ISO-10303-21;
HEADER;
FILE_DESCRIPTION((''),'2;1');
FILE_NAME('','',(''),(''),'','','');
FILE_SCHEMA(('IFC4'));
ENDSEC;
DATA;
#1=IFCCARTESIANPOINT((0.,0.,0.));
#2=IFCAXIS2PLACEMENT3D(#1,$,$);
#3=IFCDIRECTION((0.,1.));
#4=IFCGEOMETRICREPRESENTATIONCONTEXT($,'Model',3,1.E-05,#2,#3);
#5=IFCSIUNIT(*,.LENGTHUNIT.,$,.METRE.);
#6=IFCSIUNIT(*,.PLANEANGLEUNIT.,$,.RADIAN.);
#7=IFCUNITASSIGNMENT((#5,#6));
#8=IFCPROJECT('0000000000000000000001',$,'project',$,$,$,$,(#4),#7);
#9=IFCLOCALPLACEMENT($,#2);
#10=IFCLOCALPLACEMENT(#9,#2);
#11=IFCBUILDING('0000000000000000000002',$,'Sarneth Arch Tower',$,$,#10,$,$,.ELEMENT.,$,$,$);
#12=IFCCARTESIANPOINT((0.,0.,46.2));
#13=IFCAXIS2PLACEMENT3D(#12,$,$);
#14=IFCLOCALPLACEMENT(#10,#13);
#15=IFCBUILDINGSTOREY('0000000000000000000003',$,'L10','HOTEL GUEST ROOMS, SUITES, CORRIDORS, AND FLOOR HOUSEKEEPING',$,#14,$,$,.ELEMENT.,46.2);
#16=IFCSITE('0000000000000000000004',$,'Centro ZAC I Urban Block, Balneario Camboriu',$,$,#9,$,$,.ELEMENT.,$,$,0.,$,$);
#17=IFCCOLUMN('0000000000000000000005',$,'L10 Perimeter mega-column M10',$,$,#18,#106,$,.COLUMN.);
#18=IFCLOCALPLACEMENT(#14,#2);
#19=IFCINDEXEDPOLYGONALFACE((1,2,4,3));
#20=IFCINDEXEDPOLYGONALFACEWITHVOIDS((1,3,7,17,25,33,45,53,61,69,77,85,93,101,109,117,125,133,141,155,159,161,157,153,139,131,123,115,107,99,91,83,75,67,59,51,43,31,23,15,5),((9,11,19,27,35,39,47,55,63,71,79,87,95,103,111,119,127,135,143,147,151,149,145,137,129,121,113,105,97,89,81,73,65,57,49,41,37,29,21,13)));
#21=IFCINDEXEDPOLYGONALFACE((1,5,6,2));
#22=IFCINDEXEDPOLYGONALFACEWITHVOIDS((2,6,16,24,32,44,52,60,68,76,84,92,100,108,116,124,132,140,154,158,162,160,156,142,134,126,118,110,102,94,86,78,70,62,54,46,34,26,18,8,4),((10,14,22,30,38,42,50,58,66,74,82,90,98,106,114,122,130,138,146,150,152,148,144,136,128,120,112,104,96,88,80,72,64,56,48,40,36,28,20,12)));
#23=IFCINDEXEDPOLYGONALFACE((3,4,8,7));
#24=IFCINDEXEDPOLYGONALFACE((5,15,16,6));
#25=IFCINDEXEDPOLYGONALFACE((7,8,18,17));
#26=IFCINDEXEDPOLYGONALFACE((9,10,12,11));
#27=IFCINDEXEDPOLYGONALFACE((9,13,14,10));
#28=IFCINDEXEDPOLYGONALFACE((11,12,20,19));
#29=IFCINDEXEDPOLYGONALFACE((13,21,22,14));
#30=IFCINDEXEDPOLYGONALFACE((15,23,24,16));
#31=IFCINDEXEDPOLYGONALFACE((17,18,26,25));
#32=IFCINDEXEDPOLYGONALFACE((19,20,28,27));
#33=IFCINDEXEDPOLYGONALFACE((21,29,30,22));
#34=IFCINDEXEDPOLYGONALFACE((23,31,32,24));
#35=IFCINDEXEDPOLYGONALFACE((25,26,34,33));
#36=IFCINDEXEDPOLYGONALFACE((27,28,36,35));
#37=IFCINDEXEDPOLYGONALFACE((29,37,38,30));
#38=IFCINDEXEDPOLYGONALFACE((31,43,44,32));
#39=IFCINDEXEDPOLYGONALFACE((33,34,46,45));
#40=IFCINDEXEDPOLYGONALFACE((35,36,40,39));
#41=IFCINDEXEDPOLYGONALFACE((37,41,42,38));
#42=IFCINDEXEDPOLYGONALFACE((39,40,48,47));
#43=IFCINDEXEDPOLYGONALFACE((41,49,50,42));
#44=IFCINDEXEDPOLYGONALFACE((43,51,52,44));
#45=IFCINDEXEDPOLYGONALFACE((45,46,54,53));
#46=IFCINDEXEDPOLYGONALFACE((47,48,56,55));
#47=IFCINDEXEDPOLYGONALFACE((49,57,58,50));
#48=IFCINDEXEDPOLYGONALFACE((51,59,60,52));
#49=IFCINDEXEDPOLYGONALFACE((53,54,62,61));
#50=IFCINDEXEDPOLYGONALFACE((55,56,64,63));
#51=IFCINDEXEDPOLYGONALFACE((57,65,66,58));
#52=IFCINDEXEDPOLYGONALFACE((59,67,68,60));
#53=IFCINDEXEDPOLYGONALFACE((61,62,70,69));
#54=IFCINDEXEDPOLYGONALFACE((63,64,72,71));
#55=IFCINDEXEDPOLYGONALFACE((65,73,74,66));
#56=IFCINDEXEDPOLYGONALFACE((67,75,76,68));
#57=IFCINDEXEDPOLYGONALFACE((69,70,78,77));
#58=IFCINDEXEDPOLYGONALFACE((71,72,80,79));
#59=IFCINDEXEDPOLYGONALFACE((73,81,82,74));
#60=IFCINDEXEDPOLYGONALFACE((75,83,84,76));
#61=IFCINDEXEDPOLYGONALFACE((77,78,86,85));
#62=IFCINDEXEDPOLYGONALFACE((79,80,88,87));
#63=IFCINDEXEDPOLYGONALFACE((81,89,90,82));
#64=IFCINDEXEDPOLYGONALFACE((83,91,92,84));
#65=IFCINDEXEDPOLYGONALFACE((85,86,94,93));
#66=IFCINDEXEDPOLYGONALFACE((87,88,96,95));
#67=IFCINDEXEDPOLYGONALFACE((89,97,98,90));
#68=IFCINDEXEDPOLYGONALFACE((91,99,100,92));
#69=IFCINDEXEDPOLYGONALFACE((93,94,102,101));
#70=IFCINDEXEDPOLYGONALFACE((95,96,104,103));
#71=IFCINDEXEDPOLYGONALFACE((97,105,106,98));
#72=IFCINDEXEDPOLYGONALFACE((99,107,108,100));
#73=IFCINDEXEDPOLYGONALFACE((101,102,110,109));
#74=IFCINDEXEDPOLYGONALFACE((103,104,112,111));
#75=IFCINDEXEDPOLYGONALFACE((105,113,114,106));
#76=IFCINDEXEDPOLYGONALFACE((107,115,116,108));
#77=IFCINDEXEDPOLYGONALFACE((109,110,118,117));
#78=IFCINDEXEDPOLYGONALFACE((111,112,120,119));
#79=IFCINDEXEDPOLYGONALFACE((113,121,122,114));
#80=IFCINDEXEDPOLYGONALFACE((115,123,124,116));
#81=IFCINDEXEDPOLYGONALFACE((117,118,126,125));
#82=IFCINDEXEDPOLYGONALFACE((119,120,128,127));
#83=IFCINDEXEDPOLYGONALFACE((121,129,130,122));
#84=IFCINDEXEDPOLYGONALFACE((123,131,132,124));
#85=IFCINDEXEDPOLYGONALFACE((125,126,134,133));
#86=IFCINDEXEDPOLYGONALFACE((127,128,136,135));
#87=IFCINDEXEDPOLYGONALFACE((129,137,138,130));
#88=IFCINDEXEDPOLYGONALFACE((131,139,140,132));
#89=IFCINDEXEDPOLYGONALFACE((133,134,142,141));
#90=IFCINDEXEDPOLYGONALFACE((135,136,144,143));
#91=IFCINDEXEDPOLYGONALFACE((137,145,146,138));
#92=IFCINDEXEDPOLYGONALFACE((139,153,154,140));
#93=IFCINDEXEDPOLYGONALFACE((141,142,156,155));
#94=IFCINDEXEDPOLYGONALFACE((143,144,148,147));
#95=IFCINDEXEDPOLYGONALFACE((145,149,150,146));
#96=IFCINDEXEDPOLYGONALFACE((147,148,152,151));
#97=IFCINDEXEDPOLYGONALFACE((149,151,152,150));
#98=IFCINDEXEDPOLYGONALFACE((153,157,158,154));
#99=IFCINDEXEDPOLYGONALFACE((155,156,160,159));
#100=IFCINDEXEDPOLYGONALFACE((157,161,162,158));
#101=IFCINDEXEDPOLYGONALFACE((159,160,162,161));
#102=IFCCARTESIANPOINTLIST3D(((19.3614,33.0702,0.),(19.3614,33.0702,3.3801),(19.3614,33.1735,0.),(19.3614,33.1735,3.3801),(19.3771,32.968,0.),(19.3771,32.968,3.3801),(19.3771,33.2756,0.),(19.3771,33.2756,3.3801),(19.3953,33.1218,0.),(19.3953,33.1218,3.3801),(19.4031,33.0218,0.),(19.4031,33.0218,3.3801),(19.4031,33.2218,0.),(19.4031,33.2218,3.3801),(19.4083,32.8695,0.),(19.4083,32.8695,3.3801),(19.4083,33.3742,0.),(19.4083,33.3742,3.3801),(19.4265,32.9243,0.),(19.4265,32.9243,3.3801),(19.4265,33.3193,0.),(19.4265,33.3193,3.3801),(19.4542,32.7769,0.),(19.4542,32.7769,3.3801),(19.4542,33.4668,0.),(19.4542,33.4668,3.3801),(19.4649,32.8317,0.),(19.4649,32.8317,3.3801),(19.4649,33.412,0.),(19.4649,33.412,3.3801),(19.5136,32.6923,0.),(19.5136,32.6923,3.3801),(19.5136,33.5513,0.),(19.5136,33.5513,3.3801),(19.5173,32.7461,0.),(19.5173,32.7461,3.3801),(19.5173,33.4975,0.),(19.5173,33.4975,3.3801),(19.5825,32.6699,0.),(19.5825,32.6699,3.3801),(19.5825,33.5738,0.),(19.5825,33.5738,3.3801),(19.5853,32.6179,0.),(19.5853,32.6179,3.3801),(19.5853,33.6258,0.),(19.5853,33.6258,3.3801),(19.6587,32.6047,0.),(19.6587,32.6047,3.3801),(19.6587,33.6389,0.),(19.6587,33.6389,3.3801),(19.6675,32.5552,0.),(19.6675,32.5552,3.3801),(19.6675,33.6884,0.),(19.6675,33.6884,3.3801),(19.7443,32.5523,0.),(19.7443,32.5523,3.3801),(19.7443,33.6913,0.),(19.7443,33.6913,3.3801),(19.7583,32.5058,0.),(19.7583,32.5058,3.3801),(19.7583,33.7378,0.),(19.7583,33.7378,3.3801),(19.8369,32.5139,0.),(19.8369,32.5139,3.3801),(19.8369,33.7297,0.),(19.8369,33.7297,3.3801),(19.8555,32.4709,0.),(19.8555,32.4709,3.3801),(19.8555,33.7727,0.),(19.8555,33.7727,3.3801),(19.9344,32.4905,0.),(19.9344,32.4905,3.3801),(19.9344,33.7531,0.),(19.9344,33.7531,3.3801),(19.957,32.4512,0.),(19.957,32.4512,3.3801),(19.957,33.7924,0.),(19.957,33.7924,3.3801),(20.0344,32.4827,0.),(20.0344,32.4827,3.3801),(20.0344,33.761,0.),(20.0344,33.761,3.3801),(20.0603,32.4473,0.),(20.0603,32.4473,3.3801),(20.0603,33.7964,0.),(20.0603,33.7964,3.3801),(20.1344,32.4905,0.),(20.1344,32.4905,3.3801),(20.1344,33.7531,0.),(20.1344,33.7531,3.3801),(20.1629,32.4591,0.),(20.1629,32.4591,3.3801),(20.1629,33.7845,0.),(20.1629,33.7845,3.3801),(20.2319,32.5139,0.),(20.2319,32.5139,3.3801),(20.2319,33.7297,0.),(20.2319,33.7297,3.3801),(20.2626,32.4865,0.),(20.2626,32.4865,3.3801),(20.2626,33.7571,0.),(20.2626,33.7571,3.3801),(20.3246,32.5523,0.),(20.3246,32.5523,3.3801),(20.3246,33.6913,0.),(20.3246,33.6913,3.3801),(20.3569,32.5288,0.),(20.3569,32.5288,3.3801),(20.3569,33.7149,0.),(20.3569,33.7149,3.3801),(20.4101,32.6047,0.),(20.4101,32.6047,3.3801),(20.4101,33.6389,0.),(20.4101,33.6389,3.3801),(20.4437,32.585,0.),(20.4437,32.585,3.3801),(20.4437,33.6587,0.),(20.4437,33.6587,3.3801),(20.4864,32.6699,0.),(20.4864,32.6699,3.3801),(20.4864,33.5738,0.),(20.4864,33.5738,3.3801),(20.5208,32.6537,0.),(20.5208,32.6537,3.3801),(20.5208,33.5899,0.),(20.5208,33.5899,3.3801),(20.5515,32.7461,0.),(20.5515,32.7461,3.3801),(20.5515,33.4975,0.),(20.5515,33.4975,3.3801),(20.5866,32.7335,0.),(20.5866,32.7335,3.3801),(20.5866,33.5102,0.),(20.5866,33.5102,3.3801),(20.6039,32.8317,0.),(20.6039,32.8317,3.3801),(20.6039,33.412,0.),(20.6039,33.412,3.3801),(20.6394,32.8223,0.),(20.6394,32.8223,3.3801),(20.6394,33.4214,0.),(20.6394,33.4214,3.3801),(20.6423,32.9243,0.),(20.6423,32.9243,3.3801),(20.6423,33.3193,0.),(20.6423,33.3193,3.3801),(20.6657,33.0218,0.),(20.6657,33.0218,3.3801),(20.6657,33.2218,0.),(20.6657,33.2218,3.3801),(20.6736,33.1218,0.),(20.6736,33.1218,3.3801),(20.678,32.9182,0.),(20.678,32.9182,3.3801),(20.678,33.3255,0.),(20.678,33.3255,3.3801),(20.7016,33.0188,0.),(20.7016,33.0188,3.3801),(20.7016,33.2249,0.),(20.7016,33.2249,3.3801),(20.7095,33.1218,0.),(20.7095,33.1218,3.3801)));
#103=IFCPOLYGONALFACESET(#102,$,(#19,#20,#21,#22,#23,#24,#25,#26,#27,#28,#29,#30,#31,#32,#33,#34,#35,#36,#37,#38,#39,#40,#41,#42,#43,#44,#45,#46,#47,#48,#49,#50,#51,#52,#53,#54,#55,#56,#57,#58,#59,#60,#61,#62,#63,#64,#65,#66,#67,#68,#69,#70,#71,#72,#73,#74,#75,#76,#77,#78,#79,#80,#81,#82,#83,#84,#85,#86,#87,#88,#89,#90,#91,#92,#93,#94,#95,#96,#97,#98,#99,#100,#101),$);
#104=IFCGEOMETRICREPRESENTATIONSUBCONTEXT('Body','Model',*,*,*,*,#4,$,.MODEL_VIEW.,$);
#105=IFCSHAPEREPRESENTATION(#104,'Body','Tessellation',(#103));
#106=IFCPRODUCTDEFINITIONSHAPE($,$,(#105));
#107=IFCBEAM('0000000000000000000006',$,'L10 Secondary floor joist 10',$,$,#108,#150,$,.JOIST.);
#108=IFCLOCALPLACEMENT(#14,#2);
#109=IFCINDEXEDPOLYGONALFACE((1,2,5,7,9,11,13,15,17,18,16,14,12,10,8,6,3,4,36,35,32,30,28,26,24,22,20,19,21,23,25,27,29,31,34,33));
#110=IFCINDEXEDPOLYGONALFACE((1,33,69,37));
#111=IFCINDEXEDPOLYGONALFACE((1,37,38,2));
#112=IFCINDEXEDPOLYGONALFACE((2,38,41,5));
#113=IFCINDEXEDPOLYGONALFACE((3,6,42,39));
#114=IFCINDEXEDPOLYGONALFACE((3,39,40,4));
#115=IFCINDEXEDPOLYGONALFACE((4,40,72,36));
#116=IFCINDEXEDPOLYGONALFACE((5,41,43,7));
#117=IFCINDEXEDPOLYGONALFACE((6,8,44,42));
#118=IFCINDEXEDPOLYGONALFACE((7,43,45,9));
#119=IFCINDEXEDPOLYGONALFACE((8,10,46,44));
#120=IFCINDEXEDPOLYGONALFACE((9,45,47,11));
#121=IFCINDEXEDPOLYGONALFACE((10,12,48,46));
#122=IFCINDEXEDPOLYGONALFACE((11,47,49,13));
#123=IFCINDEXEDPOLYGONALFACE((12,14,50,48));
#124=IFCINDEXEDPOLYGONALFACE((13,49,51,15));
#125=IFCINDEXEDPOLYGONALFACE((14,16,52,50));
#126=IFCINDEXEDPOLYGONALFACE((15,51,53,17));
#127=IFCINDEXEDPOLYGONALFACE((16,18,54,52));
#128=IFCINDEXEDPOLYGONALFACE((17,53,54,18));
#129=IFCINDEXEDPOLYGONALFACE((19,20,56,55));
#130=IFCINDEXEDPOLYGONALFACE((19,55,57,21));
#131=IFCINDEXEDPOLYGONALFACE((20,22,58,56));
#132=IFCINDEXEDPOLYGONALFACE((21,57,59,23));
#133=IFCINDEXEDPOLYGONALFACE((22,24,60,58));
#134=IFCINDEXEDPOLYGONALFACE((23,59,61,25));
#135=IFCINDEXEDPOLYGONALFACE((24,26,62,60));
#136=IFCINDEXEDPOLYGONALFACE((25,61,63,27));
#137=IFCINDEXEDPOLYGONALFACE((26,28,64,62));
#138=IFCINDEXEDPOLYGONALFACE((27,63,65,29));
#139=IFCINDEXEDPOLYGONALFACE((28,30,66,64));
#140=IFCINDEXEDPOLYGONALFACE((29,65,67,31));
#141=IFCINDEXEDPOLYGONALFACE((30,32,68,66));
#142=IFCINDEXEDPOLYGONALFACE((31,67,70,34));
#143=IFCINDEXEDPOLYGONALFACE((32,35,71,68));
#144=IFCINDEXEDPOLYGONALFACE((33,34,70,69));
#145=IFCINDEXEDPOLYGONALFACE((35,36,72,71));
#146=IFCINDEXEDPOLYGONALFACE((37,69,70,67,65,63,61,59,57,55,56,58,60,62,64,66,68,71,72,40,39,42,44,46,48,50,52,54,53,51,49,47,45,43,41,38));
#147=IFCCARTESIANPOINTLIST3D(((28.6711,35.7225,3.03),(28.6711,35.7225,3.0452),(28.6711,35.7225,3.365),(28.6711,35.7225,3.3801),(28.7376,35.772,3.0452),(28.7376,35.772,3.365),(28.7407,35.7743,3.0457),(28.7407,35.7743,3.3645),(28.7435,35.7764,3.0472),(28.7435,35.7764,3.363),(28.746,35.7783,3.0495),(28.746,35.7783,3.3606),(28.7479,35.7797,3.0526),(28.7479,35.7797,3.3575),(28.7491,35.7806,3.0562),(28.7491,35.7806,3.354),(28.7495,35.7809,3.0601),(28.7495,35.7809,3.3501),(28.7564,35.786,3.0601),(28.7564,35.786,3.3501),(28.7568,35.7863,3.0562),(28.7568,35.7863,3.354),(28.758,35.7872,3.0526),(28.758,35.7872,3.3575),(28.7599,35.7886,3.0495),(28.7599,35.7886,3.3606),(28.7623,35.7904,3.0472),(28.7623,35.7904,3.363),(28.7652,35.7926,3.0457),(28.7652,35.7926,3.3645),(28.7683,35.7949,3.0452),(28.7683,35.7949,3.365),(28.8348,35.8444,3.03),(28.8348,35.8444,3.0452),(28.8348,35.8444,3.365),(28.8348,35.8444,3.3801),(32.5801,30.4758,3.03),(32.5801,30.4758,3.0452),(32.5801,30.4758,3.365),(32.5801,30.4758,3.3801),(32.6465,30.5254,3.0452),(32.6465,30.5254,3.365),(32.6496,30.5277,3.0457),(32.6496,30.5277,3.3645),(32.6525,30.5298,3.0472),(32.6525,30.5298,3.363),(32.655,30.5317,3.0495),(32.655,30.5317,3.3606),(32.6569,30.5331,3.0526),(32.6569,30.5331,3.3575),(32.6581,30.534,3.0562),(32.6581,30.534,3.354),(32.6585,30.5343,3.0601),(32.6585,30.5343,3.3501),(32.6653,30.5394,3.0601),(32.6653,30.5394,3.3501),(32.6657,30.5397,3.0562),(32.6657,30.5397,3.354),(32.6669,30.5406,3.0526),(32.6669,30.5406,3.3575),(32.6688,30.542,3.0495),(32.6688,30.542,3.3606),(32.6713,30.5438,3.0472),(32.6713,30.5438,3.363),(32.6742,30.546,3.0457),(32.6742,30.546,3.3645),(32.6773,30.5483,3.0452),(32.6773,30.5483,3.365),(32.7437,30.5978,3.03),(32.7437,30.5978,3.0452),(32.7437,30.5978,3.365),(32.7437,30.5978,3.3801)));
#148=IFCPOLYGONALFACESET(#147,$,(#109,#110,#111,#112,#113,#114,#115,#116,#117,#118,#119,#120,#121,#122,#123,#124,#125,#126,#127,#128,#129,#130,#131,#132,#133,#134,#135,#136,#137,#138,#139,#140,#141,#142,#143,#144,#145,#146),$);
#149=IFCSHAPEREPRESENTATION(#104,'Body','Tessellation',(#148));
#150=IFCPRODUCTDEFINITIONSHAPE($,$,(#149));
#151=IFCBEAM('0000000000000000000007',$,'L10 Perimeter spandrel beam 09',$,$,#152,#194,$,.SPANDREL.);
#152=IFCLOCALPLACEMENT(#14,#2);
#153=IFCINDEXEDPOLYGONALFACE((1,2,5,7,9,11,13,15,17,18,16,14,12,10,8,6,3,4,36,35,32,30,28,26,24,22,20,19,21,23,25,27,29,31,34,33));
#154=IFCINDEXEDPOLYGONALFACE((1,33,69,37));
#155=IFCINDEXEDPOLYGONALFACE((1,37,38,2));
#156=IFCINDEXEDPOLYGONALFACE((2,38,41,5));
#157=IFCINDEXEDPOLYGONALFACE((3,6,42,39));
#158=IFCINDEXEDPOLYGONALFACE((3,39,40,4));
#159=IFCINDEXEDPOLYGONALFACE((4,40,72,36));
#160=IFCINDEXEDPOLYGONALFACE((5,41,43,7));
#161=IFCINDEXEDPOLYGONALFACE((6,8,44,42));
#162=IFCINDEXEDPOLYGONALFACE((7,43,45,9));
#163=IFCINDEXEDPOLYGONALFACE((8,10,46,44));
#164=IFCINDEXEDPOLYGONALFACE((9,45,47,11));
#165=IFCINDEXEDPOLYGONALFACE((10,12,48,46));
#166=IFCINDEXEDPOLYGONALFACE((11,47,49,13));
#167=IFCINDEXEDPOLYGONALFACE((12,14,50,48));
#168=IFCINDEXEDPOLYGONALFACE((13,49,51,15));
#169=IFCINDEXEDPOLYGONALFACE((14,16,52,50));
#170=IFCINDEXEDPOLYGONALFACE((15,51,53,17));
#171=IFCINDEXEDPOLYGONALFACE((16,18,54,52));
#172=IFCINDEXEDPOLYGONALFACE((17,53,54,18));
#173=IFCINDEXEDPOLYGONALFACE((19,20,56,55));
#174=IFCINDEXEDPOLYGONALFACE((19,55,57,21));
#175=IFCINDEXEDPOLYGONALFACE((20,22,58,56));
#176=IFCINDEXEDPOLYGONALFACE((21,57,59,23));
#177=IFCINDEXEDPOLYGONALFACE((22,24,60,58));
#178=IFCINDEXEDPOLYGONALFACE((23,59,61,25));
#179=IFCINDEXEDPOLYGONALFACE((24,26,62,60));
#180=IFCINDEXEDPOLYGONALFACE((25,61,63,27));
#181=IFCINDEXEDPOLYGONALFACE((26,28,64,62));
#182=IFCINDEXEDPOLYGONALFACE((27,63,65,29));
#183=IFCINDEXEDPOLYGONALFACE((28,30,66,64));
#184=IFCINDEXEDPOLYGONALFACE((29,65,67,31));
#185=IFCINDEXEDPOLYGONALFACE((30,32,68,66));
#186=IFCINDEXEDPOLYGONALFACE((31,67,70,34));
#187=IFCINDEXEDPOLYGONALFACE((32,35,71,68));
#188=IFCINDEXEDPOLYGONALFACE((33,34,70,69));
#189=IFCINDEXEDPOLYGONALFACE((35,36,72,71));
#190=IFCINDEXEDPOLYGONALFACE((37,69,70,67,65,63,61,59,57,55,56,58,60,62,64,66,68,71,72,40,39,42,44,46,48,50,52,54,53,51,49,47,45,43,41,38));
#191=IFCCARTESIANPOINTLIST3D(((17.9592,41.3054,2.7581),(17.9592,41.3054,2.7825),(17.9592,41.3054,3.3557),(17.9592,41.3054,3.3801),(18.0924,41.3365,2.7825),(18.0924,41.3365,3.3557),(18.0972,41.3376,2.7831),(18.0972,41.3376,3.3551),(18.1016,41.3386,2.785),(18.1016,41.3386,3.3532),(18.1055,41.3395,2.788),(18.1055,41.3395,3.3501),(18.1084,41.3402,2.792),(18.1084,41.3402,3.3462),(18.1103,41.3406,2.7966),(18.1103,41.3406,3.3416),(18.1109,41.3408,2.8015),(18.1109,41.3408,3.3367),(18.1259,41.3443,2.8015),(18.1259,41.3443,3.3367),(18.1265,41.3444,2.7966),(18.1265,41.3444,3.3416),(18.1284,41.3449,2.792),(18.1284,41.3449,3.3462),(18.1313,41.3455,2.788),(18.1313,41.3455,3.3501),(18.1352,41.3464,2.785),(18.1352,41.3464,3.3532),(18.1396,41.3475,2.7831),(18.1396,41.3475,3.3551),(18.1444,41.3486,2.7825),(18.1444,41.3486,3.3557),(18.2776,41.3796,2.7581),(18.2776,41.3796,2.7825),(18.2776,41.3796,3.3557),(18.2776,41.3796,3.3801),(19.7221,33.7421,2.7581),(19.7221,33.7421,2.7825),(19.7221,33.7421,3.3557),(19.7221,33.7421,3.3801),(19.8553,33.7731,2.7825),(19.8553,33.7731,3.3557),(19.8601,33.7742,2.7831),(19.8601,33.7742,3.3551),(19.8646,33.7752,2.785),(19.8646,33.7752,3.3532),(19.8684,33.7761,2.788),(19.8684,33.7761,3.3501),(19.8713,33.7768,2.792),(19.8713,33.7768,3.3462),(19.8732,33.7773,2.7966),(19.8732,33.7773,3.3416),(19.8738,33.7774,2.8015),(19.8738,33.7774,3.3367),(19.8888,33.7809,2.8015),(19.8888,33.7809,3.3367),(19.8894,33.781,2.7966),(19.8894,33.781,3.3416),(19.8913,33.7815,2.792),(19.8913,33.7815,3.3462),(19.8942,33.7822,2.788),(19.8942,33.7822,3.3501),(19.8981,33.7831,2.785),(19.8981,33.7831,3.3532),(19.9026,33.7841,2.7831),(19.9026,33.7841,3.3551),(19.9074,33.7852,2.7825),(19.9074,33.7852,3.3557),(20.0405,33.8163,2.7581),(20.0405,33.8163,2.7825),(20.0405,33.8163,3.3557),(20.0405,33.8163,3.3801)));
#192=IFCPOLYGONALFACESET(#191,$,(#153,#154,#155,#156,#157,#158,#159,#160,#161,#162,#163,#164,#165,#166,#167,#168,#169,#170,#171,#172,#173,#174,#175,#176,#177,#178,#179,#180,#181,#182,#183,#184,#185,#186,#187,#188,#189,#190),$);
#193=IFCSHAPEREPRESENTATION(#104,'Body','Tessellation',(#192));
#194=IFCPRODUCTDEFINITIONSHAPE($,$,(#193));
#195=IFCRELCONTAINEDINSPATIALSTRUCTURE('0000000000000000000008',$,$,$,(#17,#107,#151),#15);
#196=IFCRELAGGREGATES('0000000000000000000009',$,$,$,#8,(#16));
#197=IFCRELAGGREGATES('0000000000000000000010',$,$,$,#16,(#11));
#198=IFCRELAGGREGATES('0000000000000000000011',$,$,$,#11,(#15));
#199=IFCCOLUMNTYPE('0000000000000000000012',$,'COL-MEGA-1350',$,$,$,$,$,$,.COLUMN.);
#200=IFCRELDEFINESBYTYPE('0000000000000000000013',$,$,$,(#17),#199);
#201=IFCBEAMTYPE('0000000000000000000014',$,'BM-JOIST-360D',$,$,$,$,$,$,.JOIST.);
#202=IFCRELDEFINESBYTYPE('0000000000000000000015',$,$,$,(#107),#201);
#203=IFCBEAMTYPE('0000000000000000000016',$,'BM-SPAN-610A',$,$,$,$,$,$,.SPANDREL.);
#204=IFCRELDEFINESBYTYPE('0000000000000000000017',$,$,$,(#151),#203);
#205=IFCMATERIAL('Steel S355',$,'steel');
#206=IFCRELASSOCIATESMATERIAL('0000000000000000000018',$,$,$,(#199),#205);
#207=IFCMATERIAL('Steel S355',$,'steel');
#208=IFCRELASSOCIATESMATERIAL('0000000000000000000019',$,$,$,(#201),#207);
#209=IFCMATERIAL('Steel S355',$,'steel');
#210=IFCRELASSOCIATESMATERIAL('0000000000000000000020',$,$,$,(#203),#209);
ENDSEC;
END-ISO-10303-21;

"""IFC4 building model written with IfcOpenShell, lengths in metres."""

from ifc_helpers import new_model, si_unit, direction, frame, origin, origin_2d, place, context, subcontext, project, spatial, hollow_circle, i_section, extrude, material, material_profile, profile_set, type_object, element, save


model = new_model("IFC4")

# Units and contexts
model_context = context("Model", 3, precision=1e-05, world=origin(), true_north=direction((0.0, 1.0)))
body_context = subcontext(model_context, "Body", "Model", "MODEL_VIEW")
ifc_project = project(units=[si_unit("LENGTHUNIT", "METRE"), si_unit("PLANEANGLEUNIT", "RADIAN")], contexts=[model_context])

# Site, building, storey
site_placement = place(None, origin())
site = spatial("IfcSite", under=ifc_project, at=site_placement, Name="Centro ZAC I Urban Block, Balneario Camboriu", CompositionType="ELEMENT", RefElevation=0.0)
building_placement = place(site_placement, origin())
building = spatial("IfcBuilding", under=site, at=building_placement, Name="Sarneth Arch Tower", CompositionType="ELEMENT")
storey_placement = place(building_placement, frame((0.0, 0.0, 46.2)))
storey = spatial("IfcBuildingStorey", under=building, at=storey_placement, Name="L10", Description="HOTEL GUEST ROOMS, SUITES, CORRIDORS, AND FLOOR HOUSEKEEPING", CompositionType="ELEMENT", Elevation=46.2)

# Column
ifc_material_1 = material(Name="Steel S355", Category="steel")
ifc_material_profile_1 = material_profile(ifc_material_1, hollow_circle(Radius=0.675, WallThickness=0.0359, at=origin_2d()), Name="CHS1350x36")
ifc_profile_set_1 = profile_set([ifc_material_profile_1], Name="Steel S355")
column_type = type_object("IfcColumnType", Name="COL-MEGA-1350", PredefinedType="COLUMN", material=ifc_profile_set_1)
column_placement = place(storey_placement, frame((20.0344, 33.1218, 0.0), z_axis=(0.0, 0.0, 1.0), x_axis=(1.0, 0.0, 0.0)))
element("IfcColumn", 1, at=column_placement, inside=storey, type_object=column_type, Name="L10 Perimeter mega-column M10", PredefinedType="COLUMN", context=body_context, shape_type="SweptSolid", body=[
    extrude(hollow_circle(Radius=0.675, WallThickness=0.0359, at=origin_2d()), origin(), (0.0, 0.0, 1.0), 3.3801),
])

# Beams
ifc_material_2 = material(Name="Steel S355", Category="steel")
ifc_material_profile_2 = material_profile(ifc_material_2, i_section(OverallWidth=0.2041, OverallDepth=0.3501, WebThickness=0.0085, FlangeThickness=0.0151, FilletRadius=0.0149, at=origin_2d()), Name="W360x72")
ifc_profile_set_2 = profile_set([ifc_material_profile_2], Name="Steel S355")
beam_type_1 = type_object("IfcBeamType", Name="BM-JOIST-360D", PredefinedType="JOIST", material=ifc_profile_set_2)
beam_1_placement = place(storey_placement, frame((28.7529, 35.7834, 3.2051), z_axis=(0.597454, -0.801904, 0.0), x_axis=(0.801904, 0.597454, 0.0)))
element("IfcBeam", 2, at=beam_1_placement, inside=storey, type_object=beam_type_1, Name="L10 Secondary floor joist 10", PredefinedType="JOIST", context=body_context, shape_type="SweptSolid", body=[
    extrude(i_section(OverallWidth=0.2041, OverallDepth=0.3501, WebThickness=0.0085, FlangeThickness=0.0151, FilletRadius=0.0149, at=origin_2d()), origin(), (0.0, 0.0, 1.0), 6.5427),
])
ifc_material_3 = material(Name="Steel S355", Category="steel")
ifc_material_profile_3 = material_profile(ifc_material_3, i_section(OverallWidth=0.3269, OverallDepth=0.6221, WebThickness=0.0154, FlangeThickness=0.0244, FilletRadius=0.019, at=origin_2d()), Name="W610x195")
ifc_profile_set_3 = profile_set([ifc_material_profile_3], Name="Steel S355")
beam_type_2 = type_object("IfcBeamType", Name="BM-SPAN-610A", PredefinedType="SPANDREL", material=ifc_profile_set_3)
beam_2_placement = place(storey_placement, frame((18.1184, 41.3425, 3.0691), z_axis=(0.227001, -0.973895, 0.0), x_axis=(0.973895, 0.227001, 0.0)))
element("IfcBeam", 3, at=beam_2_placement, inside=storey, type_object=beam_type_2, Name="L10 Perimeter spandrel beam 09", PredefinedType="SPANDREL", context=body_context, shape_type="SweptSolid", body=[
    extrude(i_section(OverallWidth=0.3269, OverallDepth=0.6221, WebThickness=0.0154, FlangeThickness=0.0244, FilletRadius=0.019, at=origin_2d()), origin(), (0.0, 0.0, 1.0), 7.7661),
])

save(model, "model.ifc")
